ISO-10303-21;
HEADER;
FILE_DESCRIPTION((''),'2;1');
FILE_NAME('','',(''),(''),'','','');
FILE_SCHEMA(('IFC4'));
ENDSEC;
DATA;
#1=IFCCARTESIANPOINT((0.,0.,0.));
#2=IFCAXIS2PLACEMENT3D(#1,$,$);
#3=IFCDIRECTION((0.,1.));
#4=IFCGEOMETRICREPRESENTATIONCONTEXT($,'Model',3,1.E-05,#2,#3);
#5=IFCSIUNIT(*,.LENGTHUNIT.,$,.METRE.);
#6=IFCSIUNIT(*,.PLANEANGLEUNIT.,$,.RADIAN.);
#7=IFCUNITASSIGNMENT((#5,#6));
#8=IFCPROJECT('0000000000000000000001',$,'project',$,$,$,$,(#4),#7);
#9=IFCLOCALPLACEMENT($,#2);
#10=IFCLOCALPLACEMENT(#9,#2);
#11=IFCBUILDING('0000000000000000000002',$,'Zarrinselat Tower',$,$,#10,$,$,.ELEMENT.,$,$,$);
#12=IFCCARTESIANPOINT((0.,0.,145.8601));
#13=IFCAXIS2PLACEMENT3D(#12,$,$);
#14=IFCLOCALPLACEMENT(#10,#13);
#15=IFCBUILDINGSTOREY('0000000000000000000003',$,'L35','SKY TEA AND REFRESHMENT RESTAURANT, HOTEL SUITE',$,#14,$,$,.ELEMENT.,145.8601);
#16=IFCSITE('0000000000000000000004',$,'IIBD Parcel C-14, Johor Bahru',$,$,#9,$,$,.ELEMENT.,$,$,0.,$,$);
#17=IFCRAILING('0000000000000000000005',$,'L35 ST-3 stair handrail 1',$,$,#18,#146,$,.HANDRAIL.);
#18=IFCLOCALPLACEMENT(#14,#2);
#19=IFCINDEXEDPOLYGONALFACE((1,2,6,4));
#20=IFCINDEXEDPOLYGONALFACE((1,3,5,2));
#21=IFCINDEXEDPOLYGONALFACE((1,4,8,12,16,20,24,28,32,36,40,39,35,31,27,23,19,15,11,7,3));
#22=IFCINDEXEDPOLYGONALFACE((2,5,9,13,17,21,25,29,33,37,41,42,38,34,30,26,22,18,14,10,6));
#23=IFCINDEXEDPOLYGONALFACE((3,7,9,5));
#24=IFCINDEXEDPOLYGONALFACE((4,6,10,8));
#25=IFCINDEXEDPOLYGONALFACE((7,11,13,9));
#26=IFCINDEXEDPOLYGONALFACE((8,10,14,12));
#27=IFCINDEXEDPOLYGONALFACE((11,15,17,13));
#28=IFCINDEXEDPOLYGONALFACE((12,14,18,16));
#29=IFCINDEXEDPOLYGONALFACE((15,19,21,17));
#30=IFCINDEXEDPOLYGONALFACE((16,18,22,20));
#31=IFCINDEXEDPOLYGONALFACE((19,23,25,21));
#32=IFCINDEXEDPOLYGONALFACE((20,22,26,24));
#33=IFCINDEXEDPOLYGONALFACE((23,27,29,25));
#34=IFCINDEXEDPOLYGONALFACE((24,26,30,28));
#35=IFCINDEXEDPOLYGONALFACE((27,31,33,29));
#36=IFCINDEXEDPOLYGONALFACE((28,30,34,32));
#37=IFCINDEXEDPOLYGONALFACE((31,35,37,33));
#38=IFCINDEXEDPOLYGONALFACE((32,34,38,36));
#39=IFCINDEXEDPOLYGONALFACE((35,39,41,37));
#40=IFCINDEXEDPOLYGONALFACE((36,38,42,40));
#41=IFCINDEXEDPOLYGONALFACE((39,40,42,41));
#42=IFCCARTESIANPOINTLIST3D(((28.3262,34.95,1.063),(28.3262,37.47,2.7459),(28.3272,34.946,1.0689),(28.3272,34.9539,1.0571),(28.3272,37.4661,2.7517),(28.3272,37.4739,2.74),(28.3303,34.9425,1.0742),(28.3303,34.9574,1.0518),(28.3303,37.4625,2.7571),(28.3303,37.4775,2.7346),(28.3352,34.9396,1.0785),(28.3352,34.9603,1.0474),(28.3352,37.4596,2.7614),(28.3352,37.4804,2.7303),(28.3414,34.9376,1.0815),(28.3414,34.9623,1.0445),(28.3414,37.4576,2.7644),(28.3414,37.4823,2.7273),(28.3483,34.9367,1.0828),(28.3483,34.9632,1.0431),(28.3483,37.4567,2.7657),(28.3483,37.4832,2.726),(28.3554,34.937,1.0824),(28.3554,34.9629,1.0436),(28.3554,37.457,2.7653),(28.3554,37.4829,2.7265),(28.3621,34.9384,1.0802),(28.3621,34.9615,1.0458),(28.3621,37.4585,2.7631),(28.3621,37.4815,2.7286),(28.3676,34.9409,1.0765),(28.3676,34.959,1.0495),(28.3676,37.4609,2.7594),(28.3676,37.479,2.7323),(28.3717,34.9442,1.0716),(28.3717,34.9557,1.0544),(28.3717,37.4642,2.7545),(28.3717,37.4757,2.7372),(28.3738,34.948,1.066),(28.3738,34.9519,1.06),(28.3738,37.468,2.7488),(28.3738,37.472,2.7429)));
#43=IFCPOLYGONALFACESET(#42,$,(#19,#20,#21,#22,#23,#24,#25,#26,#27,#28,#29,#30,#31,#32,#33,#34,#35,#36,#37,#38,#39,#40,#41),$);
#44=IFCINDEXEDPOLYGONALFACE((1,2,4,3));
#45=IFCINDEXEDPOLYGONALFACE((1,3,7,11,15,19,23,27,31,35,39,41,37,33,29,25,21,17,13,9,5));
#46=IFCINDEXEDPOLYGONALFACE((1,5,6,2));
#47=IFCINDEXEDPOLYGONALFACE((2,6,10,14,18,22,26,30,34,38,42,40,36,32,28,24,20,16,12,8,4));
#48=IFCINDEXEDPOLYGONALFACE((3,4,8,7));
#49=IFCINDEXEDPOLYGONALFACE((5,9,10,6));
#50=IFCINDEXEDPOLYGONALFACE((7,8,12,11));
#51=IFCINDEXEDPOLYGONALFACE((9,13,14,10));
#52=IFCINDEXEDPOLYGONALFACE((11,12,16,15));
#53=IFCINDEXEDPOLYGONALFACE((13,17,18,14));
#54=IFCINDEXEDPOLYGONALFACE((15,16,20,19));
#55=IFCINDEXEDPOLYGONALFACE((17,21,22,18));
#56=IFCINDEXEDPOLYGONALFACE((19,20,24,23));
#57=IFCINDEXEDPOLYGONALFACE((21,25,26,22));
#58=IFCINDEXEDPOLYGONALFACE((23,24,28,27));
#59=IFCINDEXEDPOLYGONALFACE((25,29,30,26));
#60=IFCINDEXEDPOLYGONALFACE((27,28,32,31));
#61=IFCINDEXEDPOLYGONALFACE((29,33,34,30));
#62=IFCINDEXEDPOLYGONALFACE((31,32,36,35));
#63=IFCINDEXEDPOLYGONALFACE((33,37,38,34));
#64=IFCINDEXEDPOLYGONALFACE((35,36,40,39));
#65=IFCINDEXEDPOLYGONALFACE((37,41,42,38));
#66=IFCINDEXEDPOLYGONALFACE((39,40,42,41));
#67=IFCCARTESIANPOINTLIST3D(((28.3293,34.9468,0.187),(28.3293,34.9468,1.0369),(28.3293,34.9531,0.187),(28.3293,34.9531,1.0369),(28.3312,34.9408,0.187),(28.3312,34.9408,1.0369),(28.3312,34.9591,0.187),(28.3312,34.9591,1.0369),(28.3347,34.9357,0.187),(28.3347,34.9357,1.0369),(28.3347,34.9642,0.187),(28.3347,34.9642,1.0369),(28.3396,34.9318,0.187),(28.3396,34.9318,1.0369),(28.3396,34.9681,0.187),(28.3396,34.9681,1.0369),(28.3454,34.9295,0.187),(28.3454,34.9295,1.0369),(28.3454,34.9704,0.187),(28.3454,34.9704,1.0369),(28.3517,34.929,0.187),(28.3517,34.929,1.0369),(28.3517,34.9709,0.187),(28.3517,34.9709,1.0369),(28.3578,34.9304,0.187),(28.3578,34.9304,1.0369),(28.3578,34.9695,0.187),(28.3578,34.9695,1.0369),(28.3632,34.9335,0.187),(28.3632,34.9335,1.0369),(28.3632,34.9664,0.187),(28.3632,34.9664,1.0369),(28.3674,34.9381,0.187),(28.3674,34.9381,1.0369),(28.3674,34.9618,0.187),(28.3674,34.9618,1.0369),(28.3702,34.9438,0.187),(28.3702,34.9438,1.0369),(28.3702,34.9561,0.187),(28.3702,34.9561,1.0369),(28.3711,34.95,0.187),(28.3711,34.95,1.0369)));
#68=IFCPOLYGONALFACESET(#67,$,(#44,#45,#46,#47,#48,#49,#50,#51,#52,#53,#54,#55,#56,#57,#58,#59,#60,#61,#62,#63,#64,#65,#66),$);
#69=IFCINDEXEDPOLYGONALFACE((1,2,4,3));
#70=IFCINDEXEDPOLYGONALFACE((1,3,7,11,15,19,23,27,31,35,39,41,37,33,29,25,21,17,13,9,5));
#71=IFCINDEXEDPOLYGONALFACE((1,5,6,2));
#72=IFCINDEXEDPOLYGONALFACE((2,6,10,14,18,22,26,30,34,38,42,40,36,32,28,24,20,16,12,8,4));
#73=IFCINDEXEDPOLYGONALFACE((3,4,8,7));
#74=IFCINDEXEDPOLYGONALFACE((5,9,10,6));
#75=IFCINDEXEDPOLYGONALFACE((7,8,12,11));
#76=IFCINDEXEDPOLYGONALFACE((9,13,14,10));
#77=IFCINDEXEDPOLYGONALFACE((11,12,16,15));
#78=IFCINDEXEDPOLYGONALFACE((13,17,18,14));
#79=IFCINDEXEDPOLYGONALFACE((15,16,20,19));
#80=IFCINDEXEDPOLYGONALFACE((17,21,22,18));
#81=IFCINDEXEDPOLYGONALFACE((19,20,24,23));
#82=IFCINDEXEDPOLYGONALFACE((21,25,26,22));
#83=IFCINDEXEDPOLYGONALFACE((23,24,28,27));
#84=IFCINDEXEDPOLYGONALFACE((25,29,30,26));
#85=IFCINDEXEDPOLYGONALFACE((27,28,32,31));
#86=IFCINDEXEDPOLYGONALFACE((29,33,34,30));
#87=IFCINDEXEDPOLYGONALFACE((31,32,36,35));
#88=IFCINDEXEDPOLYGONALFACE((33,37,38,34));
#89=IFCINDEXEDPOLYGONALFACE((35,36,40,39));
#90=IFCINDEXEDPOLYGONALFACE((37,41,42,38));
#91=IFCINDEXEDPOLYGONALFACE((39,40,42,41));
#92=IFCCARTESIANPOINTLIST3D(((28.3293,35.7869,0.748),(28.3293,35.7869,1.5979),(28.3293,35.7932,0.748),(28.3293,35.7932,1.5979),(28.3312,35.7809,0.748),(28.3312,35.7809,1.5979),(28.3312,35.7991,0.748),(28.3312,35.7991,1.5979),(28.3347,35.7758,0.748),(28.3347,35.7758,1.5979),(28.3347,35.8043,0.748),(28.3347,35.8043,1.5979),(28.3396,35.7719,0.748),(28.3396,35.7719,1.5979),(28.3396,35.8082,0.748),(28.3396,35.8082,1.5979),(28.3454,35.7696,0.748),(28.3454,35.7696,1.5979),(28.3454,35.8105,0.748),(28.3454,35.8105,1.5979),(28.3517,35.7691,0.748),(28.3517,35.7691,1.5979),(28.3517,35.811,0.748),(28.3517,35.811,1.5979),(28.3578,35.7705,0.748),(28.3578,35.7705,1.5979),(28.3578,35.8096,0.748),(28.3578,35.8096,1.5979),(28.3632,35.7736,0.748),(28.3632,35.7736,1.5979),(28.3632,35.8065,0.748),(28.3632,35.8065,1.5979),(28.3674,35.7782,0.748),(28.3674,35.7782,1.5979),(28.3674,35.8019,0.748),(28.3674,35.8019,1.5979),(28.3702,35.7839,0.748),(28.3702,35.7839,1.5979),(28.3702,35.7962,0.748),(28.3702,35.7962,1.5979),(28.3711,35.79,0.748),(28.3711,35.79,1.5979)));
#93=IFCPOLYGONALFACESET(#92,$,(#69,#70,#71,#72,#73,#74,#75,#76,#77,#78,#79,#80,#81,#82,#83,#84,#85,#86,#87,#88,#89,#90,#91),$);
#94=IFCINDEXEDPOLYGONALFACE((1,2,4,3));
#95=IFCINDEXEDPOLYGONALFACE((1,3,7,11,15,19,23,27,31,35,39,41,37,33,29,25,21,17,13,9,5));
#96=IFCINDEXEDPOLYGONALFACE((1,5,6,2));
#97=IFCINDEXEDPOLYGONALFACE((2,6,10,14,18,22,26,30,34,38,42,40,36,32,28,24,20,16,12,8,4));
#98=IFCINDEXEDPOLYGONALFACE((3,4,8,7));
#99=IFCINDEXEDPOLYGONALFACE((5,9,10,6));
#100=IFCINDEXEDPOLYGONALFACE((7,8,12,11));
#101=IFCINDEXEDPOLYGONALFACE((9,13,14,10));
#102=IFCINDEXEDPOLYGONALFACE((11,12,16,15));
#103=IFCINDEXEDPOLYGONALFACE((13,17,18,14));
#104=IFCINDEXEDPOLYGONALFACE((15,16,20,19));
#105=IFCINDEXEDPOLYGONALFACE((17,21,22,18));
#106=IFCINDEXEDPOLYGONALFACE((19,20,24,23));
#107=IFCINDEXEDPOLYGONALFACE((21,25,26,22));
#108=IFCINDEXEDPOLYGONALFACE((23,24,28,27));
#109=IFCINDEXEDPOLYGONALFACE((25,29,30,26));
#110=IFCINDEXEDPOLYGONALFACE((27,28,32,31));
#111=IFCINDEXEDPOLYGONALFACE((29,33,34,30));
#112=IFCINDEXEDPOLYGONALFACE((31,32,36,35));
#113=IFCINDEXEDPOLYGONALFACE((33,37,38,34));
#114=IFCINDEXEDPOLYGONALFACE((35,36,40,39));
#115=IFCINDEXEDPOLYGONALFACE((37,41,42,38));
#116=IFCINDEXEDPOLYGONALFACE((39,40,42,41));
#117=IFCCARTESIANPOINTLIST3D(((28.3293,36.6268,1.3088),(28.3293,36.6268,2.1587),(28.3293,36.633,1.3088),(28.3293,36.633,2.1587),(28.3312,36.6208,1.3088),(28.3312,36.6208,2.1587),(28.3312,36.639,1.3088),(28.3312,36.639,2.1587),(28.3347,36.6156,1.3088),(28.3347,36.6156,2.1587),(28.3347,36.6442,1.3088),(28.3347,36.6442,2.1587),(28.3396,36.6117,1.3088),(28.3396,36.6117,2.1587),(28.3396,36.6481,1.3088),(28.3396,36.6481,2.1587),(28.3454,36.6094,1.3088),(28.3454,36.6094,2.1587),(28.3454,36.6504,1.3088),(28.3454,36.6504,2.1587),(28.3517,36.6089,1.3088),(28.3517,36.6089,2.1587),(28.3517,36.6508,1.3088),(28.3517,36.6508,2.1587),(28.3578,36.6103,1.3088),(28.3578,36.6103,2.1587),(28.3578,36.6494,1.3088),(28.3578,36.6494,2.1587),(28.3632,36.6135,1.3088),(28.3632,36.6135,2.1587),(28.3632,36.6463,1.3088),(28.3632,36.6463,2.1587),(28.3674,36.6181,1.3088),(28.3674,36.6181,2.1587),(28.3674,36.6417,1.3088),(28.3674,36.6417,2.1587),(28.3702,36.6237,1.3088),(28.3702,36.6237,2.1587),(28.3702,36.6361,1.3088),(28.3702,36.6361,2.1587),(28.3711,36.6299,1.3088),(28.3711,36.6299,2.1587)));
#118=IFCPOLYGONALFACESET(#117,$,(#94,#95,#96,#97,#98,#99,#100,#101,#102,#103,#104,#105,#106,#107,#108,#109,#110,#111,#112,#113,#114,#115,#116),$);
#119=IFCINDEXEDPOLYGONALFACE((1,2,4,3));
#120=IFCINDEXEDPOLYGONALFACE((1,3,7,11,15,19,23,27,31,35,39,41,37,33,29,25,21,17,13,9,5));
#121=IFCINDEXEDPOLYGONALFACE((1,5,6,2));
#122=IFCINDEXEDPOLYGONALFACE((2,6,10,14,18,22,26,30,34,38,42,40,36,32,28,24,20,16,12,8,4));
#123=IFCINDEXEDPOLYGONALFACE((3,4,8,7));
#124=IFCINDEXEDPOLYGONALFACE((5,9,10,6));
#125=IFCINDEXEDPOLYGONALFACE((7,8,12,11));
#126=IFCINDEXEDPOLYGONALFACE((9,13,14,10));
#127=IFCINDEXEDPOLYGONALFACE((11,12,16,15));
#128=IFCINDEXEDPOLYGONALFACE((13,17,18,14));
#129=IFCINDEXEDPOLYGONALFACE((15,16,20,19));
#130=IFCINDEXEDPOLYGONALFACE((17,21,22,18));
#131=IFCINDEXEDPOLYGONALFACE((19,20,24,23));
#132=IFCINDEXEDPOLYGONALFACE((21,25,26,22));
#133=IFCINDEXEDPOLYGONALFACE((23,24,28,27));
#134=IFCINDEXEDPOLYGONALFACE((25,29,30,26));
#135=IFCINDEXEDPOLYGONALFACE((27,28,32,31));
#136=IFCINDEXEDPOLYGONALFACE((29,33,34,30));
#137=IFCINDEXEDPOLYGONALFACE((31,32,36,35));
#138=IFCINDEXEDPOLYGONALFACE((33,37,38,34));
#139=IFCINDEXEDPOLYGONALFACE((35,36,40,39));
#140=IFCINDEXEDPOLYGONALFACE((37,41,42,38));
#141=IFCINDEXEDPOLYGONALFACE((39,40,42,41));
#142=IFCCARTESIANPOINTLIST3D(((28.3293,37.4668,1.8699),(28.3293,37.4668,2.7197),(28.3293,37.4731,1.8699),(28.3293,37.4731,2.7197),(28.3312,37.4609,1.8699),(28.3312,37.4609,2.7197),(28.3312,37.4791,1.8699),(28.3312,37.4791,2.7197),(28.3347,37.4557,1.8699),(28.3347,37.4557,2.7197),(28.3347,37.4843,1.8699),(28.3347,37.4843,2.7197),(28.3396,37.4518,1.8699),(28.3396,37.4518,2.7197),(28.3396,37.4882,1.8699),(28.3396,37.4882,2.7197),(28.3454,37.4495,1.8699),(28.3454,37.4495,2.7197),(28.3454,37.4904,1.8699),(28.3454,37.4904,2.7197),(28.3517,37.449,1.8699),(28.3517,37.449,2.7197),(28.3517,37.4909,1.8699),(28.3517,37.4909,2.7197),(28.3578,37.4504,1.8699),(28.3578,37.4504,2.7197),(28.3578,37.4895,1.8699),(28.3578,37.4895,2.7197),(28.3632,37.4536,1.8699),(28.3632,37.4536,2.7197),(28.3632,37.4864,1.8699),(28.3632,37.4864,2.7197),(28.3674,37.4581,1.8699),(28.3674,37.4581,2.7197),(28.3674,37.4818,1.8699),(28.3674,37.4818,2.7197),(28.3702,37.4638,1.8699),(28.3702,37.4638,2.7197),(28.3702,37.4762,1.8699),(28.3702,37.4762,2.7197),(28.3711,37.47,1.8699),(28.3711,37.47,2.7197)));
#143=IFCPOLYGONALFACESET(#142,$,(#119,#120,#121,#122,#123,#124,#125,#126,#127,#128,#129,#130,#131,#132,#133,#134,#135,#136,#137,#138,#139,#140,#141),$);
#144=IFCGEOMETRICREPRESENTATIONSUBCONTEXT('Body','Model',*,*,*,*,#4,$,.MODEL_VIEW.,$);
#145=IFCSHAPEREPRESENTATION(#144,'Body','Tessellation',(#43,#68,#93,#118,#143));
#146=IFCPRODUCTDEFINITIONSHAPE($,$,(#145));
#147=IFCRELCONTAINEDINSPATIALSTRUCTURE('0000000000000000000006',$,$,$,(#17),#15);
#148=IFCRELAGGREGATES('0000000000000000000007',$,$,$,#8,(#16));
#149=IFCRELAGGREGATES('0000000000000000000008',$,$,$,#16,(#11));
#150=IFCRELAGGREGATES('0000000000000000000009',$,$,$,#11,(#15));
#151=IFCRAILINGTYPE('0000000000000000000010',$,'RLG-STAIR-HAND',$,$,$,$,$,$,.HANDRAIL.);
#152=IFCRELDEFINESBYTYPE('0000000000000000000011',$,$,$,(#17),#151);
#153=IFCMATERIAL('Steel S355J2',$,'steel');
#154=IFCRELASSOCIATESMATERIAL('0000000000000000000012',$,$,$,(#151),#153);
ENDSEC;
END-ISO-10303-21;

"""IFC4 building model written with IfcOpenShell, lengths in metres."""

from ifc_helpers import new_model, si_unit, direction, frame, origin, origin_2d, place, context, subcontext, project, spatial, circle, extrude, material, type_object, element, save


model = new_model("IFC4")

# Units and contexts
model_context = context("Model", 3, precision=1e-05, world=origin(), true_north=direction((0.0, 1.0)))
body_context = subcontext(model_context, "Body", "Model", "MODEL_VIEW")
ifc_project = project(units=[si_unit("LENGTHUNIT", "METRE"), si_unit("PLANEANGLEUNIT", "RADIAN")], contexts=[model_context])

# Site, building, storey
site_placement = place(None, origin())
site = spatial("IfcSite", under=ifc_project, at=site_placement, Name="IIBD Parcel C-14, Johor Bahru", CompositionType="ELEMENT", RefElevation=0.0)
building_placement = place(site_placement, origin())
building = spatial("IfcBuilding", under=site, at=building_placement, Name="Zarrinselat Tower", CompositionType="ELEMENT")
storey_placement = place(building_placement, frame((0.0, 0.0, 145.8601)))
storey = spatial("IfcBuildingStorey", under=building, at=storey_placement, Name="L35", Description="SKY TEA AND REFRESHMENT RESTAURANT, HOTEL SUITE", CompositionType="ELEMENT", Elevation=145.8601)

# Railing
ifc_material_1 = material(Name="Steel S355J2", Category="steel")
railing_type = type_object("IfcRailingType", Name="RLG-STAIR-HAND", PredefinedType="HANDRAIL", material=ifc_material_1)
railing_placement = place(storey_placement, frame((28.3501, 34.95, 0.187)))
element("IfcRailing", 1, at=railing_placement, inside=storey, type_object=railing_type, Name="L35 ST-3 stair handrail 1", PredefinedType="HANDRAIL", context=body_context, shape_type="SweptSolid", body=[
    extrude(circle(Radius=0.0239, at=origin_2d()), frame((0.0, 0.0, 0.876), z_axis=(0.0, 0.831616, 0.555351), x_axis=(-1.0, 0.0, 0.0)), (0.0, 0.0, 1.0), 3.0303),
    extrude(circle(Radius=0.021, at=origin_2d()), origin(), (0.0, 0.0, 1.0), 0.8499),
    extrude(circle(Radius=0.021, at=origin_2d()), frame((0.0, 0.8401, 0.561)), (0.0, 0.0, 1.0), 0.8499),
    extrude(circle(Radius=0.021, at=origin_2d()), frame((0.0, 1.6799, 1.1218)), (0.0, 0.0, 1.0), 0.8499),
    extrude(circle(Radius=0.021, at=origin_2d()), frame((0.0, 2.52, 1.6829)), (0.0, 0.0, 1.0), 0.8499),
])

save(model, "model.ifc")
